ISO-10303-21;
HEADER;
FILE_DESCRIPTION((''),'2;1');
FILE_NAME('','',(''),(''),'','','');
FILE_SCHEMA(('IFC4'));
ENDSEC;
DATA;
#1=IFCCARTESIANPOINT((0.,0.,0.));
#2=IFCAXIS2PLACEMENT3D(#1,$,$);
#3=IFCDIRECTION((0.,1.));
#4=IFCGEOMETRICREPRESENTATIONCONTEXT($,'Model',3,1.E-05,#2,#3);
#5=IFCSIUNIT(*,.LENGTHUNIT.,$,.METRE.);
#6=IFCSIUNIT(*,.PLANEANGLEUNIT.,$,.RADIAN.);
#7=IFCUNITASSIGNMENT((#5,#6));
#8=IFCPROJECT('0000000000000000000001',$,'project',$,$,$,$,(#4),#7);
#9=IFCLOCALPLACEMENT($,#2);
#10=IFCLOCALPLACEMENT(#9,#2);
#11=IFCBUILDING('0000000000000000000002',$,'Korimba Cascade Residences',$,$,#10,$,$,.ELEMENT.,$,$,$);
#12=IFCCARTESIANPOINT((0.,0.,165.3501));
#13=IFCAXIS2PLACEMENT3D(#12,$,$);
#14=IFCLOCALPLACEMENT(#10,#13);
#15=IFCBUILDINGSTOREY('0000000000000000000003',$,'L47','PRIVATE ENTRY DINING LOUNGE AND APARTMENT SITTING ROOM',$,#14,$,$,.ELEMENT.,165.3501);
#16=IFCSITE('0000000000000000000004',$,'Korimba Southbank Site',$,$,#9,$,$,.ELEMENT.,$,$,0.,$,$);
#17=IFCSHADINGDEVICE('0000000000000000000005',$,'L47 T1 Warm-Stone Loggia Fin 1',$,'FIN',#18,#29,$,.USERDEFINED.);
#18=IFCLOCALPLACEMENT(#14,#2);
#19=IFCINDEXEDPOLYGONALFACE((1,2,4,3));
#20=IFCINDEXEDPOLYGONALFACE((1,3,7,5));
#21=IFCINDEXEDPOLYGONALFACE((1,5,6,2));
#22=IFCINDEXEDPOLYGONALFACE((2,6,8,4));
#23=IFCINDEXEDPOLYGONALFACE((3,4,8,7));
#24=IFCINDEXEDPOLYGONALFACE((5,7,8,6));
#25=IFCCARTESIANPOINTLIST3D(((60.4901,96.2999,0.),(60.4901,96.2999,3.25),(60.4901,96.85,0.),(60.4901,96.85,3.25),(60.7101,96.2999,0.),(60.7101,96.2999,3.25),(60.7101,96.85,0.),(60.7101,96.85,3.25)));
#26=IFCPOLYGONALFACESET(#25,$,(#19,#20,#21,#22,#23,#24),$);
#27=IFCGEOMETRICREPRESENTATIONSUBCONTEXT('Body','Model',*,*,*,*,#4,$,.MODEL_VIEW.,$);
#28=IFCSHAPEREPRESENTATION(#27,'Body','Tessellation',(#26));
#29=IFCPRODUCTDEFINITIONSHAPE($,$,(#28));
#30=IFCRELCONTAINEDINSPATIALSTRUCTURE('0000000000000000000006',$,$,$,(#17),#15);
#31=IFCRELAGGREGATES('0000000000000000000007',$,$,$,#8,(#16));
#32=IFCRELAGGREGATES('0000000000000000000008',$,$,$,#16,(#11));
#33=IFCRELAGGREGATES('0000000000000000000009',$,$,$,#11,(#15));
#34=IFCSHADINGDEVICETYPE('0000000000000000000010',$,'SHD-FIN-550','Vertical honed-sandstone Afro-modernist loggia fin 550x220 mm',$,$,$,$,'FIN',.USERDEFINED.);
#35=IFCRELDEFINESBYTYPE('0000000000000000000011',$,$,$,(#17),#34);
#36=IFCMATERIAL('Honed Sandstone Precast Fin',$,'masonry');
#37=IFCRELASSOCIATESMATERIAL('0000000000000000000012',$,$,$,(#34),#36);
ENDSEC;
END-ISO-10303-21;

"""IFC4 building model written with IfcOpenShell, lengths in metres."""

from ifc_helpers import new_model, si_unit, direction, frame, origin, origin_2d, place, context, subcontext, project, spatial, rectangle, extrude, material, type_object, element, save


model = new_model("IFC4")

# Units and contexts
model_context = context("Model", 3, precision=1e-05, world=origin(), true_north=direction((0.0, 1.0)))
body_context = subcontext(model_context, "Body", "Model", "MODEL_VIEW")
ifc_project = project(units=[si_unit("LENGTHUNIT", "METRE"), si_unit("PLANEANGLEUNIT", "RADIAN")], contexts=[model_context])

# Site, building, storey
site_placement = place(None, origin())
site = spatial("IfcSite", under=ifc_project, at=site_placement, Name="Korimba Southbank Site", CompositionType="ELEMENT", RefElevation=0.0)
building_placement = place(site_placement, origin())
building = spatial("IfcBuilding", under=site, at=building_placement, Name="Korimba Cascade Residences", CompositionType="ELEMENT")
storey_placement = place(building_placement, frame((0.0, 0.0, 165.3501)))
storey = spatial("IfcBuildingStorey", under=building, at=storey_placement, Name="L47", Description="PRIVATE ENTRY DINING LOUNGE AND APARTMENT SITTING ROOM", CompositionType="ELEMENT", Elevation=165.3501)

# Shading device
ifc_material_1 = material(Name="Honed Sandstone Precast Fin", Category="masonry")
shading_device_type = type_object("IfcShadingDeviceType", Name="SHD-FIN-550", Description="Vertical honed-sandstone Afro-modernist loggia fin 550x220 mm", ElementType="FIN", PredefinedType="USERDEFINED", material=ifc_material_1)
shading_device_placement = place(storey_placement, frame((60.6001, 96.575, 0.0), z_axis=(0.0, 0.0, 1.0), x_axis=(1.0, 0.0, 0.0)))
element("IfcShadingDevice", 1, at=shading_device_placement, inside=storey, type_object=shading_device_type, Name="L47 T1 Warm-Stone Loggia Fin 1", ObjectType="FIN", PredefinedType="USERDEFINED", context=body_context, shape_type="SweptSolid", body=[
    extrude(rectangle(XDim=0.22, YDim=0.55, at=origin_2d()), origin(), (0.0, 0.0, 1.0), 3.25),
])

save(model, "model.ifc")
